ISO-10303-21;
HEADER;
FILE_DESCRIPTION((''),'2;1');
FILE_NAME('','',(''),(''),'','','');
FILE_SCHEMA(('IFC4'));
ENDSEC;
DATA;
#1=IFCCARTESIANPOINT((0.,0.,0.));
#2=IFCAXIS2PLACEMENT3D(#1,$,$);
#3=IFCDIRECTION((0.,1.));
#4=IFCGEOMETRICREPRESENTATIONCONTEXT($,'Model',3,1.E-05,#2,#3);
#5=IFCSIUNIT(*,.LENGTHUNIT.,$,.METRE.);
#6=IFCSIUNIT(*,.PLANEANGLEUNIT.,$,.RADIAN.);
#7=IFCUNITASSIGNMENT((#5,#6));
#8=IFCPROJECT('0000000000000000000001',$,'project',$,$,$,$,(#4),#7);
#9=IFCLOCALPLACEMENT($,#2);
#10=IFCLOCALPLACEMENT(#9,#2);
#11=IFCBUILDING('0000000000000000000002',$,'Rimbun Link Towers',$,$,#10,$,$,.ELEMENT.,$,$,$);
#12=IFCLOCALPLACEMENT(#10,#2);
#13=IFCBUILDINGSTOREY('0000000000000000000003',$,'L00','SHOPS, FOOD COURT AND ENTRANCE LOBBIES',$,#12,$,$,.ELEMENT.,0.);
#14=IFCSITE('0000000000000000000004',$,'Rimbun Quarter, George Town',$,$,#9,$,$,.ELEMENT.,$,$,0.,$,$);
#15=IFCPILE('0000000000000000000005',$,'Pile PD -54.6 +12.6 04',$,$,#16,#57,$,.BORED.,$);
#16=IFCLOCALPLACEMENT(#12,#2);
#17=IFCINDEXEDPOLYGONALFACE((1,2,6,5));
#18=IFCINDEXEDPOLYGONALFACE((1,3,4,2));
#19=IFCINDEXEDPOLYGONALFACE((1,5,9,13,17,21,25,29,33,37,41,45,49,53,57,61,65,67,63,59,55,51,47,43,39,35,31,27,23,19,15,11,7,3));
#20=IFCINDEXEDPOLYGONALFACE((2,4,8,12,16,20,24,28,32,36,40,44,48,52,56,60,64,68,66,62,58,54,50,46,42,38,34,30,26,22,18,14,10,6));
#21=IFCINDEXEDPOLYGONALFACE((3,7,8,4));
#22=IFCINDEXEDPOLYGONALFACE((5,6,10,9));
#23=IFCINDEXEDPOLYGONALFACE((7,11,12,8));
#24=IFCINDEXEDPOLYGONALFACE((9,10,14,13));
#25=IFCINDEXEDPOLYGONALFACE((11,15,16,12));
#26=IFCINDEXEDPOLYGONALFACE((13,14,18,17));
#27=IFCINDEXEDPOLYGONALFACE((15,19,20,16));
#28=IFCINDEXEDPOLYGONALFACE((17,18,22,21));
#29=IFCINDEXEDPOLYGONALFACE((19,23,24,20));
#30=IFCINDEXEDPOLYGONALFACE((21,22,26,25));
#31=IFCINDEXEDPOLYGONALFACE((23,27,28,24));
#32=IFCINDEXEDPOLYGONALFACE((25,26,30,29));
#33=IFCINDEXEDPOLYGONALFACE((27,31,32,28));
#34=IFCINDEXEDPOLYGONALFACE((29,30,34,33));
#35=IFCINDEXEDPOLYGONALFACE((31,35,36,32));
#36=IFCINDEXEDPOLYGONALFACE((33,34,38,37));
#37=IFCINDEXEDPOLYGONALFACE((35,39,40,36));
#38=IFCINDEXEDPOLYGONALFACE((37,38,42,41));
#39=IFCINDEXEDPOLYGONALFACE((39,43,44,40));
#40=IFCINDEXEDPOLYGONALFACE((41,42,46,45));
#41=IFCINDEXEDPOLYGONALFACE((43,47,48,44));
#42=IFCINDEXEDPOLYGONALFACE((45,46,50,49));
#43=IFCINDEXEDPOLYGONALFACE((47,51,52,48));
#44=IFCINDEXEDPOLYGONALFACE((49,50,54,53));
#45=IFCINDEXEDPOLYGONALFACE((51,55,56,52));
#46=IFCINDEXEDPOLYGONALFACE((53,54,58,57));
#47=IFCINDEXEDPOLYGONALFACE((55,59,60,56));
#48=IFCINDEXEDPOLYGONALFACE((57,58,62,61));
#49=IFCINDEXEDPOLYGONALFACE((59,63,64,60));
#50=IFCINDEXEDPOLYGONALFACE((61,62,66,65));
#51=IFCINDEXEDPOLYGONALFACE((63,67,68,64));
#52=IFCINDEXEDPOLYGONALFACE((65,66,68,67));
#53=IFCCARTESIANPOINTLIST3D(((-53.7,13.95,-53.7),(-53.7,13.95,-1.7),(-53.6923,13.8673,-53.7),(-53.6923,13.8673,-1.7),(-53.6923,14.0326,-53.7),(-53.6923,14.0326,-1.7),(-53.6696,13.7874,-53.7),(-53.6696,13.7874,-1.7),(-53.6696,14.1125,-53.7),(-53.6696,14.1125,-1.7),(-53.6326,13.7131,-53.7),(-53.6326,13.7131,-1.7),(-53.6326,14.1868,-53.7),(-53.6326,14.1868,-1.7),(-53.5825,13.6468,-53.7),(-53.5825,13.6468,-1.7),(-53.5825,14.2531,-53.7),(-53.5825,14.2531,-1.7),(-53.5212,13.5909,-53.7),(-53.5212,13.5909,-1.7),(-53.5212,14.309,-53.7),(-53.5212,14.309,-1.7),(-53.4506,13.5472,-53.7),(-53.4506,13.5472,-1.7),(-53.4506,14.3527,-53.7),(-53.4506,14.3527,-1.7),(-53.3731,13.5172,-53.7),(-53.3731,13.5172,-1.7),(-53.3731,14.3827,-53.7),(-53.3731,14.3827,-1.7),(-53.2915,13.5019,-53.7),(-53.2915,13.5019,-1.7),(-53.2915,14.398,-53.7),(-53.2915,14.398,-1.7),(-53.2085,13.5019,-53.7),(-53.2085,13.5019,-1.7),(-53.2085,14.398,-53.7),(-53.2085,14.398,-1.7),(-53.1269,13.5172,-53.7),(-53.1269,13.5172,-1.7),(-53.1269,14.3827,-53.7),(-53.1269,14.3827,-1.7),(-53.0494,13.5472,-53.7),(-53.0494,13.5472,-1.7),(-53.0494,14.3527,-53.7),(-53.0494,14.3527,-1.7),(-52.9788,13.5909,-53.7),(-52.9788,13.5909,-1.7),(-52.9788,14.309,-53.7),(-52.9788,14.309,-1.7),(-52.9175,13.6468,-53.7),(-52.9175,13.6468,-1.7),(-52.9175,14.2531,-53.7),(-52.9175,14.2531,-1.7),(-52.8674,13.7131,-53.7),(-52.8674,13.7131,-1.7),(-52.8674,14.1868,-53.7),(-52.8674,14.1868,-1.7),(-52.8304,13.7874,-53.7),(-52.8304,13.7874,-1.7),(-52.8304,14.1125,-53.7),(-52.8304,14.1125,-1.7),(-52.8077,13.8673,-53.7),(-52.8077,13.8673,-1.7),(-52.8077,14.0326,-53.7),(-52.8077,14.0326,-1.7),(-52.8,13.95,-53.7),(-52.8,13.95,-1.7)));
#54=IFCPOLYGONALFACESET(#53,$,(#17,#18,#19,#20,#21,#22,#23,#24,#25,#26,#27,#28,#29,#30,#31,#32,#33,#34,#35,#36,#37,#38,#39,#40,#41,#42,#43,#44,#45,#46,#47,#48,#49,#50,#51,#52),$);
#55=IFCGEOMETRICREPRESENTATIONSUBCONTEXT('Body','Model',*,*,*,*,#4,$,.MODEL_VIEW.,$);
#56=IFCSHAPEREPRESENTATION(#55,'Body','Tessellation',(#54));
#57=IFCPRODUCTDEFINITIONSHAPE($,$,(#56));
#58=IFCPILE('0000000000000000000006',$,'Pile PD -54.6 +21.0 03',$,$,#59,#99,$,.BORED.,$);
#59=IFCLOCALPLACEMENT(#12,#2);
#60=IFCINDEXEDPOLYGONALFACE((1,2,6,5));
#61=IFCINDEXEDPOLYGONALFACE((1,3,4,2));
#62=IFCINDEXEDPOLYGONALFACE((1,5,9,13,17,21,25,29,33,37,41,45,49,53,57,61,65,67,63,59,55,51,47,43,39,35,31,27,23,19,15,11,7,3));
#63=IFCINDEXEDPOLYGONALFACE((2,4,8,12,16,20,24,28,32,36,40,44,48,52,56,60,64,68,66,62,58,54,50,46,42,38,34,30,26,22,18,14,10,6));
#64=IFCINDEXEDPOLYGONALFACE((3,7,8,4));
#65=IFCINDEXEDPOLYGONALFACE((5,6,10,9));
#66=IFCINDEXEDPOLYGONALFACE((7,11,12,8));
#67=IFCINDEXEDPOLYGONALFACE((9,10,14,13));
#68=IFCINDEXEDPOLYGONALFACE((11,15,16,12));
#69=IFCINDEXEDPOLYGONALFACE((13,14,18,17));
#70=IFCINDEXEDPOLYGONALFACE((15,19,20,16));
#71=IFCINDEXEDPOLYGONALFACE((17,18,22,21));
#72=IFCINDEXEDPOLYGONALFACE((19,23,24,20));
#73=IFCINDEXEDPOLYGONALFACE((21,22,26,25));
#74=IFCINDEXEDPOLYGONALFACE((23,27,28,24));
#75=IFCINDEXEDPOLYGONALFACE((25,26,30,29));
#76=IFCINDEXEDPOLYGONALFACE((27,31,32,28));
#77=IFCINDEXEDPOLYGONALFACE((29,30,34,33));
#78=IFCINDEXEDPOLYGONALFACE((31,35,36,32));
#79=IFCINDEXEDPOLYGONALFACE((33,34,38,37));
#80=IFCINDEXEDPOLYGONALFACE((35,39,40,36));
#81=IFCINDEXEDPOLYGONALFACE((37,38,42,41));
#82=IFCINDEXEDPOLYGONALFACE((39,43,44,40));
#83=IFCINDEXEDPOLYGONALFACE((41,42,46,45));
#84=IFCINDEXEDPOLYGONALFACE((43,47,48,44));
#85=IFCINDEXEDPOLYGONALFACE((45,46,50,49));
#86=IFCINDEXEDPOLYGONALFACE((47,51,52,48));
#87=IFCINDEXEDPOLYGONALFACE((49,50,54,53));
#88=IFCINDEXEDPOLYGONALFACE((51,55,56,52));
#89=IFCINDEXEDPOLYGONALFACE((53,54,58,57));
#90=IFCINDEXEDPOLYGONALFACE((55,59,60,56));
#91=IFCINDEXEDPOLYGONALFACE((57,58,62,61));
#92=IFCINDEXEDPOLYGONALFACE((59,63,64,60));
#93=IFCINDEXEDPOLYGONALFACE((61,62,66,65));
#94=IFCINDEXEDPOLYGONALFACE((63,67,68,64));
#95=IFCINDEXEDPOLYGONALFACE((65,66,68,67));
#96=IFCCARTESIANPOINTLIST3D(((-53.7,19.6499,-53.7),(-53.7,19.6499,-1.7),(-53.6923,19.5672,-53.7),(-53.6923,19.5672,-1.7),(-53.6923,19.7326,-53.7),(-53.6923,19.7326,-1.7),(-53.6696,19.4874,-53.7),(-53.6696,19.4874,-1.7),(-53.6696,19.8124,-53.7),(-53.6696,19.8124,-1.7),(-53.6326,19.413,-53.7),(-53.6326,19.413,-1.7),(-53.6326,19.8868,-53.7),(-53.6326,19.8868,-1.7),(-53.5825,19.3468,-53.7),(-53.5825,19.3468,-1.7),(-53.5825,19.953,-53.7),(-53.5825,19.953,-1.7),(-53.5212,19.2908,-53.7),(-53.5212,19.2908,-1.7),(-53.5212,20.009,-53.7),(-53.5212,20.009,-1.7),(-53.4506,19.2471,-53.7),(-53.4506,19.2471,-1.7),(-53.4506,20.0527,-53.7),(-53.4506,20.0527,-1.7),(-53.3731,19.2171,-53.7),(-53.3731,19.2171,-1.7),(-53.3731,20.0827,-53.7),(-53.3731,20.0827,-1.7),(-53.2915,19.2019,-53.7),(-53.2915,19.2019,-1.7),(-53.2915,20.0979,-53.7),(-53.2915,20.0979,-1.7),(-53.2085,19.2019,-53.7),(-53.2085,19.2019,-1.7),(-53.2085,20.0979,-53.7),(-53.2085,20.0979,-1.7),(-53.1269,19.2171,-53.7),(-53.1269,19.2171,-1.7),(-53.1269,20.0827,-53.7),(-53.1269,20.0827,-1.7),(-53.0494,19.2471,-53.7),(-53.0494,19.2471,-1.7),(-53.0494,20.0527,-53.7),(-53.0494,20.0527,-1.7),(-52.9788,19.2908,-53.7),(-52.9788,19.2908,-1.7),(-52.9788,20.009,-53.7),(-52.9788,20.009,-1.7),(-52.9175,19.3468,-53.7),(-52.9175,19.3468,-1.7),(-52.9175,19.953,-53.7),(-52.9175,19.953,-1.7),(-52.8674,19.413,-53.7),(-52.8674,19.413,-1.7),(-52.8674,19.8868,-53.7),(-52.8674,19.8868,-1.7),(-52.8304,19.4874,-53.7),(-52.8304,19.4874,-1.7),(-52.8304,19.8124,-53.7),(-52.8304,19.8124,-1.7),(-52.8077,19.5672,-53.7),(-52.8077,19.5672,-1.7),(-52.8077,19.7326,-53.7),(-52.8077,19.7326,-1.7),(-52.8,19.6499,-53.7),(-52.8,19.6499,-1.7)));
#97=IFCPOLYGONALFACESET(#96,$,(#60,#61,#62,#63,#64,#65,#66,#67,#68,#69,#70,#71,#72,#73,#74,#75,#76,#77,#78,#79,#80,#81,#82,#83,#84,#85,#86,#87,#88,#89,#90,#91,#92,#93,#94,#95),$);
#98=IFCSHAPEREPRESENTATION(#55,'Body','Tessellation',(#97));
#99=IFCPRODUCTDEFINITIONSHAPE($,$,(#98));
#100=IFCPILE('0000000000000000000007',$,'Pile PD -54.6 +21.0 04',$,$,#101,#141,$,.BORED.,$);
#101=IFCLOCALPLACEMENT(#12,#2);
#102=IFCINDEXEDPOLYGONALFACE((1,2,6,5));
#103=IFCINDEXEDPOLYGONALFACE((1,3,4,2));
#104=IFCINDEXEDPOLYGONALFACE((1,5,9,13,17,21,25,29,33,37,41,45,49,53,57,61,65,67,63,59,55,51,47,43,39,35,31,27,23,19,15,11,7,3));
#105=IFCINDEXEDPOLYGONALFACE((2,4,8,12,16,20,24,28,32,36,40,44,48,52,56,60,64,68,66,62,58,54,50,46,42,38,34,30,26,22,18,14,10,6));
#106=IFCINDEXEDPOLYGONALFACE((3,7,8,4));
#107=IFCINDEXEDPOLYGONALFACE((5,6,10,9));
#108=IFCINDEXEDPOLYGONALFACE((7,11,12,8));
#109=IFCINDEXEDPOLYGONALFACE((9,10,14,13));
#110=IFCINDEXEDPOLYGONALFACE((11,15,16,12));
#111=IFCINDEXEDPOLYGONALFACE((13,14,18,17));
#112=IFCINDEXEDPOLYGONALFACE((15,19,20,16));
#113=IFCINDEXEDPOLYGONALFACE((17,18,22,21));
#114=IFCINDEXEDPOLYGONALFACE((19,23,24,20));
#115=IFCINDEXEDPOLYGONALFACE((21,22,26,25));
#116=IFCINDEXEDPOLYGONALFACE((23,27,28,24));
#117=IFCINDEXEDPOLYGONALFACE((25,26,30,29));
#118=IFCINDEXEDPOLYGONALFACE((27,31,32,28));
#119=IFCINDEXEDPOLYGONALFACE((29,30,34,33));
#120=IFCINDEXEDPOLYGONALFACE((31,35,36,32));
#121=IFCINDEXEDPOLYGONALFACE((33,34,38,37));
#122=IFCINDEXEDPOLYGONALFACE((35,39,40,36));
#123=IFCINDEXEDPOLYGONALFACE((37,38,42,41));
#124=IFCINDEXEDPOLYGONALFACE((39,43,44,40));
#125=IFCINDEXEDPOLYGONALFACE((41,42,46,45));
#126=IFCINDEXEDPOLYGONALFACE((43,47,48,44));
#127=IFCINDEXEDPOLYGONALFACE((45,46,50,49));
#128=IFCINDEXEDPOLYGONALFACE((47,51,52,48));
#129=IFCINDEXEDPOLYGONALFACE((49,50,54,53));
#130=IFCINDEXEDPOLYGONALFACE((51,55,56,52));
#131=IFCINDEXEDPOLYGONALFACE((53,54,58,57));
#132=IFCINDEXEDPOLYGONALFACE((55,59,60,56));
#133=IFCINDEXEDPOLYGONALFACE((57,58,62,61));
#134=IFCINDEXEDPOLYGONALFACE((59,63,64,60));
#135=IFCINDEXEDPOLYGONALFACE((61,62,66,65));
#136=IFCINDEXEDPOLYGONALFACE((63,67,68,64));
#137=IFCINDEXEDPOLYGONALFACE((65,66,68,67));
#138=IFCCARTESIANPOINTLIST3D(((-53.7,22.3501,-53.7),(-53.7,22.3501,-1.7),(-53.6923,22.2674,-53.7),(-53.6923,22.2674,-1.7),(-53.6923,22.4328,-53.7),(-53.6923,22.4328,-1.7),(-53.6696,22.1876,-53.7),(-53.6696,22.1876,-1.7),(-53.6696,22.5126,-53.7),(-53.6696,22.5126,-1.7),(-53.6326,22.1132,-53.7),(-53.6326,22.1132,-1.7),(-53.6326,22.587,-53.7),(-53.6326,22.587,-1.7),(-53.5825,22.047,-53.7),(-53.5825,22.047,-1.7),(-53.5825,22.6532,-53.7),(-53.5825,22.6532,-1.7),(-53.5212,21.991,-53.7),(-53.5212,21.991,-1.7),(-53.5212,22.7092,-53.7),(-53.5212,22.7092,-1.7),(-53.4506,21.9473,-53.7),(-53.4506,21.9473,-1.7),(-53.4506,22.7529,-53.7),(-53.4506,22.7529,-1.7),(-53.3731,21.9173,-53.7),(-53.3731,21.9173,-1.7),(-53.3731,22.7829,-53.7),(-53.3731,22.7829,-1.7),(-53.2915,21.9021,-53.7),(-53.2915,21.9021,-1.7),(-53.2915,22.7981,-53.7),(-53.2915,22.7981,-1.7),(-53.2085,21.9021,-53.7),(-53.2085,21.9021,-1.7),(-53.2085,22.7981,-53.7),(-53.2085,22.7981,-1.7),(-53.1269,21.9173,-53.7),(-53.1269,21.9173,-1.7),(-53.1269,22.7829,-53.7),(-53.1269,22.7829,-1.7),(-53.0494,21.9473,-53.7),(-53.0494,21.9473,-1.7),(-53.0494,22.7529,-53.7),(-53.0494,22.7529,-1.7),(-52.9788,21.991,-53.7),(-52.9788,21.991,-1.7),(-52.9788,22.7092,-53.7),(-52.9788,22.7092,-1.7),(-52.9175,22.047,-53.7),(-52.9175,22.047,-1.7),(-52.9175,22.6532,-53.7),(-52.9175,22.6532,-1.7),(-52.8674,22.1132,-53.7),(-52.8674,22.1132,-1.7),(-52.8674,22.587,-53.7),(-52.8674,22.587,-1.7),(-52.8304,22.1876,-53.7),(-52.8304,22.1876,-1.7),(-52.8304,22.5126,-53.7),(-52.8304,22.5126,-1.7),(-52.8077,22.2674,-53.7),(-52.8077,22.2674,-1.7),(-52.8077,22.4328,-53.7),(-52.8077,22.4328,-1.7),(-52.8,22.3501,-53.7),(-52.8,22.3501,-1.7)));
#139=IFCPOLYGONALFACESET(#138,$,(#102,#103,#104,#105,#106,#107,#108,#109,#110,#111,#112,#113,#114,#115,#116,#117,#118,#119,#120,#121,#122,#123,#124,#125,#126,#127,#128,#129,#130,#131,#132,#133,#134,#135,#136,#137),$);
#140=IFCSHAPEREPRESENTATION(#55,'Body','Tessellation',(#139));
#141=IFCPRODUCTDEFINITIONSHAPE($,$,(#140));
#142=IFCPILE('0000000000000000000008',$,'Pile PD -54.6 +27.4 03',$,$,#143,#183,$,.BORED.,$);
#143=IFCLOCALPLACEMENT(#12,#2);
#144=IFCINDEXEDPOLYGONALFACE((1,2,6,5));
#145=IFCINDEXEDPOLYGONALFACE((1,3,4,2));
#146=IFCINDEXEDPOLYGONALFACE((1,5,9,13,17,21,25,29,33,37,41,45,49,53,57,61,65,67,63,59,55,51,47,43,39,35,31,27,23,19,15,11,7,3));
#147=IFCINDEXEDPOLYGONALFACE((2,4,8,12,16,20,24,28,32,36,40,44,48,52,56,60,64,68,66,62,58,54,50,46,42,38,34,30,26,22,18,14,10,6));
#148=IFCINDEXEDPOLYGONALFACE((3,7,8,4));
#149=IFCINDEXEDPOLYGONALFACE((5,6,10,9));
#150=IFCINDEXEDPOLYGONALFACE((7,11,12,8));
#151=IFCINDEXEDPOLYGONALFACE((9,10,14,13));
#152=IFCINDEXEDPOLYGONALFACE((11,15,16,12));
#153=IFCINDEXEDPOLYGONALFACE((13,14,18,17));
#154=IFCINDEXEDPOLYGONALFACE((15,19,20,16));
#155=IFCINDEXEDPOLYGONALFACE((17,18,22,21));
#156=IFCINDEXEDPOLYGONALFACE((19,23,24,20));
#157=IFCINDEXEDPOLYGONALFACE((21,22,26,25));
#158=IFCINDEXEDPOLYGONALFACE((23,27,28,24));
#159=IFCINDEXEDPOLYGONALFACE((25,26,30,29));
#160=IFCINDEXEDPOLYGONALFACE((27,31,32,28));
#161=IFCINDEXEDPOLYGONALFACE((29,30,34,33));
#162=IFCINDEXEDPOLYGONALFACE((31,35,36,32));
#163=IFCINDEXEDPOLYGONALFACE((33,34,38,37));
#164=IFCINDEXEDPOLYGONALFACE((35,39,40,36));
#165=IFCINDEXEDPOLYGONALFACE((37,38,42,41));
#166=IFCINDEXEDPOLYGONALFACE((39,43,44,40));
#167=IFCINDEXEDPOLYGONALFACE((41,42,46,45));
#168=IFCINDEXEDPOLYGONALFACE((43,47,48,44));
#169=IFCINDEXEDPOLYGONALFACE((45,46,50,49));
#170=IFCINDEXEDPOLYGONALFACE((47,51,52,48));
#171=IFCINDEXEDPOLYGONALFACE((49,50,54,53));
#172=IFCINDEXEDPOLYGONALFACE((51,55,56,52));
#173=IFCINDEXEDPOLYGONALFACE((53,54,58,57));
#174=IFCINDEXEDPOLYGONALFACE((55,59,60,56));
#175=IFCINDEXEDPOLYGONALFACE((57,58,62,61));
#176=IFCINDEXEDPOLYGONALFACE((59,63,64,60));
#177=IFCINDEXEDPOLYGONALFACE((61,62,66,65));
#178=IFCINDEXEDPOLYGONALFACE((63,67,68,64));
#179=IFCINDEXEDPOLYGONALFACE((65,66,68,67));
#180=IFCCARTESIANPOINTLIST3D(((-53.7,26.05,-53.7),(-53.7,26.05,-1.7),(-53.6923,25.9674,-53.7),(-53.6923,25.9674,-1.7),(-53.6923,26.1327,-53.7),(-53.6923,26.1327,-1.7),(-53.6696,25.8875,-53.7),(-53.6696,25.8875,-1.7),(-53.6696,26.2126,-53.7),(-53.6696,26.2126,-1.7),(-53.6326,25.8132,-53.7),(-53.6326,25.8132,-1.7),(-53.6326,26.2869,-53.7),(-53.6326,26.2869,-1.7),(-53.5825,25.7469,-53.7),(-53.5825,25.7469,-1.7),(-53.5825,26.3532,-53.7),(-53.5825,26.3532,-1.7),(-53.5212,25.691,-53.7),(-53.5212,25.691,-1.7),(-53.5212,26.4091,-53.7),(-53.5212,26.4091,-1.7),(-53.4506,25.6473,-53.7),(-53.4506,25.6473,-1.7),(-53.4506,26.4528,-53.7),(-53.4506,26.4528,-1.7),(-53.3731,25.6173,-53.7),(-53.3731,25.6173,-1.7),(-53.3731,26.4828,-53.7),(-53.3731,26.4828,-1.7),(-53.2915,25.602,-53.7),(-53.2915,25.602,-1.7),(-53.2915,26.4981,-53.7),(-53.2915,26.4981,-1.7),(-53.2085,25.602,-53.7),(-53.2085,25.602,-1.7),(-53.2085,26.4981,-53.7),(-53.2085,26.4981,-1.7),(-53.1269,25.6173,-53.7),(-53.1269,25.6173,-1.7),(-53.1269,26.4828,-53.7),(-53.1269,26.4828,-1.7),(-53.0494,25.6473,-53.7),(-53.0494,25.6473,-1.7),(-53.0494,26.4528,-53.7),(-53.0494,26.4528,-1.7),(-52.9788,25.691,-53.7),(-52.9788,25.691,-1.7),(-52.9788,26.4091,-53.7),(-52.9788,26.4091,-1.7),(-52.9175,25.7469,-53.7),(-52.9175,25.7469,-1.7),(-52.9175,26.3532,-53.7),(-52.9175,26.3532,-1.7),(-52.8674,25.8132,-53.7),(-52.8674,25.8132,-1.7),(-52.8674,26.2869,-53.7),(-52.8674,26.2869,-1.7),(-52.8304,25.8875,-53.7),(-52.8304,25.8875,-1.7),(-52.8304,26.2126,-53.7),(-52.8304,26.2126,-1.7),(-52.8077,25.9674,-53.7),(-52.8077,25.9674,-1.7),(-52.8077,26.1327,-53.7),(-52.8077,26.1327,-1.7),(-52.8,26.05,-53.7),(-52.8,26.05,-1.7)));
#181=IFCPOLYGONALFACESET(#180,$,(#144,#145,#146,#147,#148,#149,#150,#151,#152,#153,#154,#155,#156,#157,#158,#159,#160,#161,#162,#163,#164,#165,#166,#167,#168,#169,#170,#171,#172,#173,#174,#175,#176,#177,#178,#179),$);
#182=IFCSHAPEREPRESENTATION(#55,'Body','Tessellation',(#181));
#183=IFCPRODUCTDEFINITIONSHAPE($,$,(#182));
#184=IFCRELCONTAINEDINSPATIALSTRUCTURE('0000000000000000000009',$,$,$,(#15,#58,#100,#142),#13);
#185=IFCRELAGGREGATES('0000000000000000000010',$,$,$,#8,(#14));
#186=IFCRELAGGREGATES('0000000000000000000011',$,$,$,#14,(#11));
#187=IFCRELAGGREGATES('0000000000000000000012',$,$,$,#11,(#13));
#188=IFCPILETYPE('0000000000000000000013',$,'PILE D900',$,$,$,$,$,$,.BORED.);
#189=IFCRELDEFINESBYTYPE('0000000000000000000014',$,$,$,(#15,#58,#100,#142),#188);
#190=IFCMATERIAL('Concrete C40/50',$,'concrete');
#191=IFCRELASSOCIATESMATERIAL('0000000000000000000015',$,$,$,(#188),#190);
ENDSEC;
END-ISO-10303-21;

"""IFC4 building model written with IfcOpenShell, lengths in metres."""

from ifc_helpers import new_model, si_unit, direction, frame, origin, origin_2d, place, context, subcontext, project, spatial, circle, extrude, material, material_profile, profile_set, type_object, element, save


model = new_model("IFC4")

# Units and contexts
model_context = context("Model", 3, precision=1e-05, world=origin(), true_north=direction((0.0, 1.0)))
body_context = subcontext(model_context, "Body", "Model", "MODEL_VIEW")
ifc_project = project(units=[si_unit("LENGTHUNIT", "METRE"), si_unit("PLANEANGLEUNIT", "RADIAN")], contexts=[model_context])

# Site, building, storey
site_placement = place(None, origin())
site = spatial("IfcSite", under=ifc_project, at=site_placement, Name="Rimbun Quarter, George Town", CompositionType="ELEMENT", RefElevation=0.0)
building_placement = place(site_placement, origin())
building = spatial("IfcBuilding", under=site, at=building_placement, Name="Rimbun Link Towers", CompositionType="ELEMENT")
storey_placement = place(building_placement, origin())
storey = spatial("IfcBuildingStorey", under=building, at=storey_placement, Name="L00", Description="SHOPS, FOOD COURT AND ENTRANCE LOBBIES", CompositionType="ELEMENT", Elevation=0.0)

# Piles
ifc_material_1 = material(Name="Concrete C40/50", Category="concrete")
ifc_material_profile_1 = material_profile(ifc_material_1, circle(Radius=0.45, at=origin_2d()), Name="PILE D900")
ifc_profile_set_1 = profile_set([ifc_material_profile_1], Name="Concrete C40/50")
pile_type_1 = type_object("IfcPileType", Name="PILE D900", PredefinedType="BORED", material=ifc_profile_set_1)
for number, where, z_axis, x_axis, name in (
    (1, (-53.25, 13.95, -1.7), (0.0, 0.0, -1.0), (1.0, 0.0, 0.0), "Pile PD -54.6 +12.6 04"),
    (2, (-53.25, 19.6499, -1.7), (0.0, 0.0, -1.0), (1.0, 0.0, 0.0), "Pile PD -54.6 +21.0 03"),
    (3, (-53.25, 22.3501, -1.7), (0.0, 0.0, -1.0), (1.0, 0.0, 0.0), "Pile PD -54.6 +21.0 04"),
    (4, (-53.25, 26.05, -1.7), (0.0, 0.0, -1.0), (1.0, 0.0, 0.0), "Pile PD -54.6 +27.4 03"),
):
    element("IfcPile", number, at=place(storey_placement, frame(where, z_axis=z_axis, x_axis=x_axis)), inside=storey, type_object=pile_type_1, Name=name, PredefinedType="BORED", context=body_context, shape_type="SweptSolid", body=[
        extrude(circle(Radius=0.45, at=origin_2d()), origin(), (0.0, 0.0, 1.0), 52.0),
    ])

save(model, "model.ifc")
